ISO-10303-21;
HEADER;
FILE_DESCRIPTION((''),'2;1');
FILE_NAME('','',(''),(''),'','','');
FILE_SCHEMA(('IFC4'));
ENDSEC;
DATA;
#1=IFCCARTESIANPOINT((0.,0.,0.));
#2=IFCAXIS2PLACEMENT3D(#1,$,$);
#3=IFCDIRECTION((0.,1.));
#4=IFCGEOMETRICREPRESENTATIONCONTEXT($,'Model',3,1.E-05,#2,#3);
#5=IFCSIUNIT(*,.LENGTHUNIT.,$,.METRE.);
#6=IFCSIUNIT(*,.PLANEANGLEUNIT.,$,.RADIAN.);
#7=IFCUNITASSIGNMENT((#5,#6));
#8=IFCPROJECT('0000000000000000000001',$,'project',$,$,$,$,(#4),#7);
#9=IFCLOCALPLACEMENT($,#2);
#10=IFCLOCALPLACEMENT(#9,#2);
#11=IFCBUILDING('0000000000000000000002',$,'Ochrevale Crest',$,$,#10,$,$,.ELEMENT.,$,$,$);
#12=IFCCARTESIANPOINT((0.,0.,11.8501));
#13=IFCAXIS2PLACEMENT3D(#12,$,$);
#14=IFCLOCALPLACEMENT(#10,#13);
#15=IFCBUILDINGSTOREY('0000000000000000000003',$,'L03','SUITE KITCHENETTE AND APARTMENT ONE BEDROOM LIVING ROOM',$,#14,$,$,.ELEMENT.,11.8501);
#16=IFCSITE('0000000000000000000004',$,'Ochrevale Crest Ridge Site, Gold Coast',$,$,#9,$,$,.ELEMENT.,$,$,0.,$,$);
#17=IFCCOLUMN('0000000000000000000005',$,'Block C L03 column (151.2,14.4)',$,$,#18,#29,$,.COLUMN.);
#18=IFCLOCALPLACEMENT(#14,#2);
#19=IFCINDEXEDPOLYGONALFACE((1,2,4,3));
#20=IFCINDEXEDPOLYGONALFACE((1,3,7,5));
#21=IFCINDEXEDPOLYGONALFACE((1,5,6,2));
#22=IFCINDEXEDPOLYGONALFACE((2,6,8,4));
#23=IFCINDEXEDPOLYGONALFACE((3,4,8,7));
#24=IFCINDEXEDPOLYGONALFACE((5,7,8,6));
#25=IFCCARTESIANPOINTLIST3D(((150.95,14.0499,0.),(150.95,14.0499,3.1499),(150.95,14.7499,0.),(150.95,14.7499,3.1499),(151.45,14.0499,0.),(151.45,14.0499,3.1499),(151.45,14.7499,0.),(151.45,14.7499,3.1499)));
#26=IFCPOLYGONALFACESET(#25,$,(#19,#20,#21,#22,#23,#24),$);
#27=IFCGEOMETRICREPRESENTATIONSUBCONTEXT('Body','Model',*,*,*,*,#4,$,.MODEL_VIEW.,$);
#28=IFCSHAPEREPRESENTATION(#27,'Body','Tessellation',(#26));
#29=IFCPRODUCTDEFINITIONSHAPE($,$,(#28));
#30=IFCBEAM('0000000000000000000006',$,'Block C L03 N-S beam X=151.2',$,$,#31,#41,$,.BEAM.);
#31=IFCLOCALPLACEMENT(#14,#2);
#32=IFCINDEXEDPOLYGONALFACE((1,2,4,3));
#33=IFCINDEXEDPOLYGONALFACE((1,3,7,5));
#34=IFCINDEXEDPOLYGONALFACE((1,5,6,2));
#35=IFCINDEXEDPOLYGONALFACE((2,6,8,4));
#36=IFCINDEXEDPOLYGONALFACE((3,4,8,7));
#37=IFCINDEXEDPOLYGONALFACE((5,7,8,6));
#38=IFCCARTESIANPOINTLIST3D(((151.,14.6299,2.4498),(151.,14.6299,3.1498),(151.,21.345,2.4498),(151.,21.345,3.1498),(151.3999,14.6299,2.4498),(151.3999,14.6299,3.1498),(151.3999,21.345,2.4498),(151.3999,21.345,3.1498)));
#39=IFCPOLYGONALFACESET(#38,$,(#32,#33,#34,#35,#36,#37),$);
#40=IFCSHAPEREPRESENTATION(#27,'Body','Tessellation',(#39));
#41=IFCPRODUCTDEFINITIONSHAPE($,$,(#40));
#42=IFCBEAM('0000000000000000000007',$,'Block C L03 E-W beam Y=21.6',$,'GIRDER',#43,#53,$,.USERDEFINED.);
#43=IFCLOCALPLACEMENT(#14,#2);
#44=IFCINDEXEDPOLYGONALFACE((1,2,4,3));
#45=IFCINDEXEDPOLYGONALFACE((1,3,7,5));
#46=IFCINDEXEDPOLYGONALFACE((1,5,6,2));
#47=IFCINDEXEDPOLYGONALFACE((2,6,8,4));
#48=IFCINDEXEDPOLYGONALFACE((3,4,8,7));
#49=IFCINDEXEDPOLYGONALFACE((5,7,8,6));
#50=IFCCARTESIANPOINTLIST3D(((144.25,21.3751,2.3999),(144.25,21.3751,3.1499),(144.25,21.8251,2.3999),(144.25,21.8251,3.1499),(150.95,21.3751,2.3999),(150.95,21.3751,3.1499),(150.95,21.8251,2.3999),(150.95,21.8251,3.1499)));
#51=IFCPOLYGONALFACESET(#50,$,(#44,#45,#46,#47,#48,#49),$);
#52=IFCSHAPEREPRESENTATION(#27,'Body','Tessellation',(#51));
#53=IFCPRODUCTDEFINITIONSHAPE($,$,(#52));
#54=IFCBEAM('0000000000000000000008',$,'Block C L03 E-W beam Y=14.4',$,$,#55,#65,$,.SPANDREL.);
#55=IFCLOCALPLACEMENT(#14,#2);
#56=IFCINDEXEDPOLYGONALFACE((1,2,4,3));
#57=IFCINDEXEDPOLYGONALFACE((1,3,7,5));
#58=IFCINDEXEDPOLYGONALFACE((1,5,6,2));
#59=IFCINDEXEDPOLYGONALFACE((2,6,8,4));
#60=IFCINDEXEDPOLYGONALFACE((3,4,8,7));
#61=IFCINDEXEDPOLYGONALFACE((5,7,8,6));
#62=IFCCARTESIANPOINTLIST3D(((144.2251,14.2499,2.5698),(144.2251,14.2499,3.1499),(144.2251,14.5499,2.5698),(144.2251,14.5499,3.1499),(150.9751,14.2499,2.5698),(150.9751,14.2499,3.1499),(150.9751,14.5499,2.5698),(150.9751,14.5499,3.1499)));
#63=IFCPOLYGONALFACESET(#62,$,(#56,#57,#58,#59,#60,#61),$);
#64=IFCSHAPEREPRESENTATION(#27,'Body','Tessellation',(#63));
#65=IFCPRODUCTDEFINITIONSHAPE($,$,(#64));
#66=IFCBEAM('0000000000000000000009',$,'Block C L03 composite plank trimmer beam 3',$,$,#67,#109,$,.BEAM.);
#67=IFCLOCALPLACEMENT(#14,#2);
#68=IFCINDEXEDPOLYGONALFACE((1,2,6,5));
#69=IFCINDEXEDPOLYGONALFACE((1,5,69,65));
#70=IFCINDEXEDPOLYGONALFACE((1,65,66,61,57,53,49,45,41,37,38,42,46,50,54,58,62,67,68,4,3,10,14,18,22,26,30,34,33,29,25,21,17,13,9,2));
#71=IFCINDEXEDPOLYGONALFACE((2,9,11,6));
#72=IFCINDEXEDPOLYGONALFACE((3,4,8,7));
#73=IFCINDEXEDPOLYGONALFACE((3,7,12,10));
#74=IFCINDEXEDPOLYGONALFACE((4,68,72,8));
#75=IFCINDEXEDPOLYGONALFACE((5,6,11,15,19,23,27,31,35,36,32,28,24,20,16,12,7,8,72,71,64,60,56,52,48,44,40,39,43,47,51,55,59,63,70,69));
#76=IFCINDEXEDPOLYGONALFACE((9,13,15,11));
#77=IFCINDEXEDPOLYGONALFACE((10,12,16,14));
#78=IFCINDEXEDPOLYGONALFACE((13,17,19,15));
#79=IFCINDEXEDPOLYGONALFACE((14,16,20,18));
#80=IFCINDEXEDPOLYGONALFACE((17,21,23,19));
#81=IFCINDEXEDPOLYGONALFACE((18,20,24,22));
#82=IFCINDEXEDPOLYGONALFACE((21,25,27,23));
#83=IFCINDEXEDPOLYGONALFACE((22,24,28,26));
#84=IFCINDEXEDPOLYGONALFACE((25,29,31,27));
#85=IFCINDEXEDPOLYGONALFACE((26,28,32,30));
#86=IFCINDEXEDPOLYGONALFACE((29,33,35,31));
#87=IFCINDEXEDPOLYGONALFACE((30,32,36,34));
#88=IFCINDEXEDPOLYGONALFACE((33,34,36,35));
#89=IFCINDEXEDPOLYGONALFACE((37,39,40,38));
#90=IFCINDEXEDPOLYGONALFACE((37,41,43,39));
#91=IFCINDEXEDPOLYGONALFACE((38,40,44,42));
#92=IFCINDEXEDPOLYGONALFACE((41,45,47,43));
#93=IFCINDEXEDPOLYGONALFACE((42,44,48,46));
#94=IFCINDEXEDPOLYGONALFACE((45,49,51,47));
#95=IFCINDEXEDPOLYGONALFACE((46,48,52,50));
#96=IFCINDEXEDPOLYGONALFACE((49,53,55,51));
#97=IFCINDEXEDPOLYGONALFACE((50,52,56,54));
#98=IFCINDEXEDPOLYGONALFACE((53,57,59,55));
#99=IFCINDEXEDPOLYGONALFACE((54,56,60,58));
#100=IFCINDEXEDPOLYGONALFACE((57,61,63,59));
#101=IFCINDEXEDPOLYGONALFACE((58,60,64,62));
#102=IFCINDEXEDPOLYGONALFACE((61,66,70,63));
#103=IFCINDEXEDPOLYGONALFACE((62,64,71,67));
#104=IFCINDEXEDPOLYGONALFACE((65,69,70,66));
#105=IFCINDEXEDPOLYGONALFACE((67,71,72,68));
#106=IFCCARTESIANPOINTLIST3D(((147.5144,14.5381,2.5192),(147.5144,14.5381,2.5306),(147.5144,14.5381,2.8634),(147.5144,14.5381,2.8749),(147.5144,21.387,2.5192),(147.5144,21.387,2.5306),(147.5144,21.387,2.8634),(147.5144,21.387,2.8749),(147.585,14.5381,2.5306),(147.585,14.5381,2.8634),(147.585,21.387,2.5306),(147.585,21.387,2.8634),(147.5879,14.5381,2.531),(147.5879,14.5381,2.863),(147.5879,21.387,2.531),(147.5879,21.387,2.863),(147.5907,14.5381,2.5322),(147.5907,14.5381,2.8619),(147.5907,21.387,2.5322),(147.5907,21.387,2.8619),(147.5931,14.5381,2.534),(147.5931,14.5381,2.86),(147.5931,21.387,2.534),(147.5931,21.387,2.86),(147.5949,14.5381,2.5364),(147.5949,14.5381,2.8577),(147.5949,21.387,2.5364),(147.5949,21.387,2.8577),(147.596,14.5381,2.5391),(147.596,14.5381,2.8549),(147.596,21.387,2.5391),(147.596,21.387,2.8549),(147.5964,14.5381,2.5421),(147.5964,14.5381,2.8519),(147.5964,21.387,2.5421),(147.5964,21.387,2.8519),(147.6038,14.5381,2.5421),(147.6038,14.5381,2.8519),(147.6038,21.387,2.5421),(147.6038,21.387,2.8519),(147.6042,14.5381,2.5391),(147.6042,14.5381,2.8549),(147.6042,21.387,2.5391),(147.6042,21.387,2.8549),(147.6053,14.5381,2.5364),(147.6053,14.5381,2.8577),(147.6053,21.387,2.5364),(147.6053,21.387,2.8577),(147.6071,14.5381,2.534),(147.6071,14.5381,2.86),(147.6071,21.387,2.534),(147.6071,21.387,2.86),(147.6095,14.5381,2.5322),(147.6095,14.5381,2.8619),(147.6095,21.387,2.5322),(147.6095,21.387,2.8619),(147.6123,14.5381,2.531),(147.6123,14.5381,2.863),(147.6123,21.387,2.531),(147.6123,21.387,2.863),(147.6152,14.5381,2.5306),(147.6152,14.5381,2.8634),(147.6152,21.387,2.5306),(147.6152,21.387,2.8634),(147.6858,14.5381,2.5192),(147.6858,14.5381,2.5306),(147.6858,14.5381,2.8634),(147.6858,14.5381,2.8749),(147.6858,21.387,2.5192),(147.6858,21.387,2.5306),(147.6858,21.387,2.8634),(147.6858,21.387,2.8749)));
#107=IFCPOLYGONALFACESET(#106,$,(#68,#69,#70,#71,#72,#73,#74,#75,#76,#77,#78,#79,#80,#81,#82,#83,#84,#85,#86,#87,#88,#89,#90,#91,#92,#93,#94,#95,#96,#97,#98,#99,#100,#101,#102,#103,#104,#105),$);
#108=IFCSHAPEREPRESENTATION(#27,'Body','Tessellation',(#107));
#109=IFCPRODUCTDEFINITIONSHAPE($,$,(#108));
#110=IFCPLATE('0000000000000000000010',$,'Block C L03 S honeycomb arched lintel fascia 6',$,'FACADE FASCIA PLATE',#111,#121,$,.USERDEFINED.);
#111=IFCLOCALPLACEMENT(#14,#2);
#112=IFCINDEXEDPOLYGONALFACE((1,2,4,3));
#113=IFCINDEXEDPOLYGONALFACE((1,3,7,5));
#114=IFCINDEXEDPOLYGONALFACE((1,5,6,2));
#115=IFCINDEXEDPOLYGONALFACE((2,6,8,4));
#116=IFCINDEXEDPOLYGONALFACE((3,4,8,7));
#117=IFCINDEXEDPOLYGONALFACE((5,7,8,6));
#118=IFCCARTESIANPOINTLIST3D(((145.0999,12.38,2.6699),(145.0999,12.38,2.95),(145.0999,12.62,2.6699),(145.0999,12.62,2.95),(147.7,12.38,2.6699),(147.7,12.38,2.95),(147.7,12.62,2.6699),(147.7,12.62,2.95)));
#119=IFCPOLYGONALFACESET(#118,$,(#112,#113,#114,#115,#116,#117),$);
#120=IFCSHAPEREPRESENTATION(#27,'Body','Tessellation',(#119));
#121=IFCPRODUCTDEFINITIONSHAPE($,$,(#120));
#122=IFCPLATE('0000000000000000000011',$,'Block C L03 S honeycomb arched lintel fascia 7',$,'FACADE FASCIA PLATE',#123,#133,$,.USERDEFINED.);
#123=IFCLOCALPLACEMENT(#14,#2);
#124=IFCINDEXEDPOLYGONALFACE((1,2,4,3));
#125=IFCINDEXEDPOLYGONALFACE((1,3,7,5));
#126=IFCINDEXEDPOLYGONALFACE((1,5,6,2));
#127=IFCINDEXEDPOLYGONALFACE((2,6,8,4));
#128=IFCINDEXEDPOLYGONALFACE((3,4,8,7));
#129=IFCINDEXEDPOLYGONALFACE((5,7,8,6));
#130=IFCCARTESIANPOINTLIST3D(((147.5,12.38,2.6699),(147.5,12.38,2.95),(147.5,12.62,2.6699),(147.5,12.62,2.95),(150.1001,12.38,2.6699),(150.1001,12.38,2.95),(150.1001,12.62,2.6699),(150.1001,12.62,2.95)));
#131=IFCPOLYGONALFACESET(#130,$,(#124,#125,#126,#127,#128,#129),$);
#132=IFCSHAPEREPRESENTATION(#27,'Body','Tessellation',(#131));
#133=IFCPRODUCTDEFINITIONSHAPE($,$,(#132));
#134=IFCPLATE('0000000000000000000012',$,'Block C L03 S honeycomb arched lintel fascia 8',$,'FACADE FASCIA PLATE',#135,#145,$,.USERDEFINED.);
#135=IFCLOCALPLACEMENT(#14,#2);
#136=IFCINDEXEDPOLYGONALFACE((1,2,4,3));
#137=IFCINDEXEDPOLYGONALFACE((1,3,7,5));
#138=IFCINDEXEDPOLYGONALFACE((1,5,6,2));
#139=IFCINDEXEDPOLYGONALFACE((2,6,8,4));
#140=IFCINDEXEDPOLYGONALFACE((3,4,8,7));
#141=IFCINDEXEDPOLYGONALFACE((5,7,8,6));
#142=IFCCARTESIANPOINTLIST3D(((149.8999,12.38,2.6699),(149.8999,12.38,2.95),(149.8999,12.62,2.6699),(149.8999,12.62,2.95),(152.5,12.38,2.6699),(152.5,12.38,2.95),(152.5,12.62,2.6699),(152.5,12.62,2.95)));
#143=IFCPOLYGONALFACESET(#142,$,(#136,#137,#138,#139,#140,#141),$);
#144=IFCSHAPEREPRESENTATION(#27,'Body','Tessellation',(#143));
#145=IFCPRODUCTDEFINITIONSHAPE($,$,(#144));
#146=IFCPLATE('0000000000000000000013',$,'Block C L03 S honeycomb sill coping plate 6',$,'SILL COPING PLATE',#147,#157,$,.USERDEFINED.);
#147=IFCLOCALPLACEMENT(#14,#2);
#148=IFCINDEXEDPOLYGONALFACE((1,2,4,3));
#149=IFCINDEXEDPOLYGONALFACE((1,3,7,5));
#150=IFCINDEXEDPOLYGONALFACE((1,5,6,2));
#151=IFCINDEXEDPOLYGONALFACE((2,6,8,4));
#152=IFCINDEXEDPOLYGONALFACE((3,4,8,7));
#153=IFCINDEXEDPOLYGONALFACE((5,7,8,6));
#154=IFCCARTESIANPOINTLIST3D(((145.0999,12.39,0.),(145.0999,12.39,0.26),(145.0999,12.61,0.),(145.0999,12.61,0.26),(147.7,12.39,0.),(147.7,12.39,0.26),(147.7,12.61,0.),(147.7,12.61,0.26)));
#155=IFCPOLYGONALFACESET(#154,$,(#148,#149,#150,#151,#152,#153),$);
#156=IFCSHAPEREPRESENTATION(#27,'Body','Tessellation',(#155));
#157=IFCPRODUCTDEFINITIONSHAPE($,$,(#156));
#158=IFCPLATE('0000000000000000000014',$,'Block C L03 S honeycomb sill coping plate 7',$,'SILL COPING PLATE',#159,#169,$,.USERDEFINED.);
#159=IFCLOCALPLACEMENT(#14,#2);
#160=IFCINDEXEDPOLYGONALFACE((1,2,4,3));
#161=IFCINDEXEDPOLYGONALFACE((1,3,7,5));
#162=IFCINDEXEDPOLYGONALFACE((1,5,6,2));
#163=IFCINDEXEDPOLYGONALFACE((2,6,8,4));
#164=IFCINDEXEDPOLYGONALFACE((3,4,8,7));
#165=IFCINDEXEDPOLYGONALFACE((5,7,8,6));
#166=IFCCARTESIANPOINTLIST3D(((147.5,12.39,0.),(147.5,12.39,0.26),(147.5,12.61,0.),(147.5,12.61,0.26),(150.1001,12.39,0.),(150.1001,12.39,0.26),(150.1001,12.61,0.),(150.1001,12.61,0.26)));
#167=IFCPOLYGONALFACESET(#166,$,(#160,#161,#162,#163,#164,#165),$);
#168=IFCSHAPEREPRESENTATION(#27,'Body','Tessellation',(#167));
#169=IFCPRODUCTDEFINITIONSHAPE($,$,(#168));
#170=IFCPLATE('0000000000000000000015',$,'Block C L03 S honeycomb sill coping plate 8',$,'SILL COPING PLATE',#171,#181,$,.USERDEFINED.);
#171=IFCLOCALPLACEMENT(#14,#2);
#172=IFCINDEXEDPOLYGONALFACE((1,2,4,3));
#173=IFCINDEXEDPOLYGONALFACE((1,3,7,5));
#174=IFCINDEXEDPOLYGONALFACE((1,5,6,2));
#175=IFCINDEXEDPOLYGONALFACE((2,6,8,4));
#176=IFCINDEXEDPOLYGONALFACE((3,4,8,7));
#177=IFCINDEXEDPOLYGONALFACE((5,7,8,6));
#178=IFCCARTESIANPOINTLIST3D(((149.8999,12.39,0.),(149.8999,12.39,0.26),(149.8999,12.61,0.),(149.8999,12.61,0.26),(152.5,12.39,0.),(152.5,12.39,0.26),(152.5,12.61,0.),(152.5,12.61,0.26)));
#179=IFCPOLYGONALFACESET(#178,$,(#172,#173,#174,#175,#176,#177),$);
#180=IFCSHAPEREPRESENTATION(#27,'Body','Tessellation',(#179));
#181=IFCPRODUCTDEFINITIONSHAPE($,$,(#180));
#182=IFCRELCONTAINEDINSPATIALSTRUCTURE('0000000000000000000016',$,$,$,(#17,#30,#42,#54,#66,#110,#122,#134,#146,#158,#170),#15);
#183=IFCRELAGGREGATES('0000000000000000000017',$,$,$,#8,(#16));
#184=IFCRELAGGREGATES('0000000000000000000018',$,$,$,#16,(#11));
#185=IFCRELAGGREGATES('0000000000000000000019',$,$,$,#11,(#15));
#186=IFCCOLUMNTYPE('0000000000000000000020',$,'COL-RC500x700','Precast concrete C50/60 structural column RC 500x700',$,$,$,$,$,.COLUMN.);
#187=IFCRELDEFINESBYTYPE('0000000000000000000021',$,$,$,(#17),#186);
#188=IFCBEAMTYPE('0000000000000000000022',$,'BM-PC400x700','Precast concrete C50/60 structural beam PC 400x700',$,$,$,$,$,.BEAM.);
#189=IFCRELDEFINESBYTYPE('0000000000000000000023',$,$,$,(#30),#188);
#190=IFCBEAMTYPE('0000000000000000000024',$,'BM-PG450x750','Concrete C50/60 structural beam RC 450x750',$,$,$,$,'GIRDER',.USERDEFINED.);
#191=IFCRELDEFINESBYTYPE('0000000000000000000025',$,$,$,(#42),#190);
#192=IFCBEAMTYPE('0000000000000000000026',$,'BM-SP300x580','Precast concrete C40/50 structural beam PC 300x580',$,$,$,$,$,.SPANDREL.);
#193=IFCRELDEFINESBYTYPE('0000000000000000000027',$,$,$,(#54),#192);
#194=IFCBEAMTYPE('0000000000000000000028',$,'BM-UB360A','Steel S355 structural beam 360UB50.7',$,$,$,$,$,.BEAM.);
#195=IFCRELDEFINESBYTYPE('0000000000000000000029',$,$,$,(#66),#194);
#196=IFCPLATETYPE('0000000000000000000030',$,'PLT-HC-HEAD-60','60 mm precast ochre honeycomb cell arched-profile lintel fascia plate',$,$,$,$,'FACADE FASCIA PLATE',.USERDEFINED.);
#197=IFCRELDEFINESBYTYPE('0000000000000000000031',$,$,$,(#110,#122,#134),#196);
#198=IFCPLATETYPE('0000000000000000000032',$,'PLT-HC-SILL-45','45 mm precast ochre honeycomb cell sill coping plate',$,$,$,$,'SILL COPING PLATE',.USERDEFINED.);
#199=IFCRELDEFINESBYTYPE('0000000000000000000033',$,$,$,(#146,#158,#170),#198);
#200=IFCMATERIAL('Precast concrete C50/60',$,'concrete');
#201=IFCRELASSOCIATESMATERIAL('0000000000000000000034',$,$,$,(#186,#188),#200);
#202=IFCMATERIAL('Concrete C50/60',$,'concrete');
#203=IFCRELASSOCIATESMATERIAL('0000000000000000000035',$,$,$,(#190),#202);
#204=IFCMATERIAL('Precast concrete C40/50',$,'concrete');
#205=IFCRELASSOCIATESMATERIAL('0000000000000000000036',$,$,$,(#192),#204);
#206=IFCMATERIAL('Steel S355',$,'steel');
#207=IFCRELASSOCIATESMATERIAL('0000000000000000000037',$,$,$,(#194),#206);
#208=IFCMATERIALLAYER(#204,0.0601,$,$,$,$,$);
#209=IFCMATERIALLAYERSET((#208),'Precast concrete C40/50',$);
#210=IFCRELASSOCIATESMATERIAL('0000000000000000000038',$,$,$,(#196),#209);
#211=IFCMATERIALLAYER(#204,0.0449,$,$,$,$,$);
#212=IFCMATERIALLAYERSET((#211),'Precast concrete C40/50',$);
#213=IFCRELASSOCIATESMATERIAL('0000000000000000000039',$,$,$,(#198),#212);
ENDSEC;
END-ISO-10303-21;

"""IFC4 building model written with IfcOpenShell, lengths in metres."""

from ifc_helpers import new_model, si_unit, direction, frame, origin, origin_2d, place, context, subcontext, project, spatial, rectangle, i_section, extrude, material, layer, layer_set, material_profile, profile_set, type_object, element, save


model = new_model("IFC4")

# Units and contexts
model_context = context("Model", 3, precision=1e-05, world=origin(), true_north=direction((0.0, 1.0)))
body_context = subcontext(model_context, "Body", "Model", "MODEL_VIEW")
ifc_project = project(units=[si_unit("LENGTHUNIT", "METRE"), si_unit("PLANEANGLEUNIT", "RADIAN")], contexts=[model_context])

# Site, building, storey
site_placement = place(None, origin())
site = spatial("IfcSite", under=ifc_project, at=site_placement, Name="Ochrevale Crest Ridge Site, Gold Coast", CompositionType="ELEMENT", RefElevation=0.0)
building_placement = place(site_placement, origin())
building = spatial("IfcBuilding", under=site, at=building_placement, Name="Ochrevale Crest", CompositionType="ELEMENT")
storey_placement = place(building_placement, frame((0.0, 0.0, 11.8501)))
storey = spatial("IfcBuildingStorey", under=building, at=storey_placement, Name="L03", Description="SUITE KITCHENETTE AND APARTMENT ONE BEDROOM LIVING ROOM", CompositionType="ELEMENT", Elevation=11.8501)

# Column
ifc_material_1 = material(Name="Precast concrete C50/60", Category="concrete")
ifc_material_profile_1 = material_profile(ifc_material_1, rectangle(XDim=0.5, YDim=0.7, at=origin_2d()), Name="RC 500x700")
ifc_profile_set_1 = profile_set([ifc_material_profile_1], Name="Precast concrete C50/60")
column_type = type_object("IfcColumnType", Name="COL-RC500x700", Description="Precast concrete C50/60 structural column RC 500x700", PredefinedType="COLUMN", material=ifc_profile_set_1)
column_placement = place(storey_placement, frame((151.2, 14.3999, 0.0), z_axis=(0.0, 0.0, 1.0), x_axis=(1.0, 0.0, 0.0)))
element("IfcColumn", 1, at=column_placement, inside=storey, type_object=column_type, Name="Block C L03 column (151.2,14.4)", PredefinedType="COLUMN", context=body_context, shape_type="SweptSolid", body=[
    extrude(rectangle(XDim=0.5, YDim=0.7, at=origin_2d()), origin(), (0.0, 0.0, 1.0), 3.1499),
])

# Beams
ifc_material_profile_2 = material_profile(ifc_material_1, rectangle(XDim=0.3999, YDim=0.7, at=origin_2d()), Name="PC 400x700")
ifc_profile_set_2 = profile_set([ifc_material_profile_2], Name="Precast concrete C50/60")
beam_type_1 = type_object("IfcBeamType", Name="BM-PC400x700", Description="Precast concrete C50/60 structural beam PC 400x700", PredefinedType="BEAM", material=ifc_profile_set_2)
beam_1_placement = place(storey_placement, frame((151.2, 14.6299, 2.7998), z_axis=(0.0, 1.0, 0.0), x_axis=(-1.0, 0.0, 0.0)))
element("IfcBeam", 2, at=beam_1_placement, inside=storey, type_object=beam_type_1, Name="Block C L03 N-S beam X=151.2", PredefinedType="BEAM", context=body_context, shape_type="SweptSolid", body=[
    extrude(rectangle(XDim=0.3999, YDim=0.7, at=origin_2d()), origin(), (0.0, 0.0, 1.0), 6.7151),
])
ifc_material_2 = material(Name="Concrete C50/60", Category="concrete")
ifc_material_profile_3 = material_profile(ifc_material_2, rectangle(XDim=0.45, YDim=0.75, at=origin_2d()), Name="RC 450x750")
ifc_profile_set_3 = profile_set([ifc_material_profile_3], Name="Concrete C50/60")
beam_type_2 = type_object("IfcBeamType", Name="BM-PG450x750", Description="Concrete C50/60 structural beam RC 450x750", ElementType="GIRDER", PredefinedType="USERDEFINED", material=ifc_profile_set_3)
beam_2_placement = place(storey_placement, frame((144.25, 21.6001, 2.7749), z_axis=(1.0, 0.0, 0.0), x_axis=(0.0, 1.0, 0.0)))
element("IfcBeam", 3, at=beam_2_placement, inside=storey, type_object=beam_type_2, Name="Block C L03 E-W beam Y=21.6", ObjectType="GIRDER", PredefinedType="USERDEFINED", context=body_context, shape_type="SweptSolid", body=[
    extrude(rectangle(XDim=0.45, YDim=0.75, at=origin_2d()), origin(), (0.0, 0.0, 1.0), 6.7),
])
ifc_material_3 = material(Name="Precast concrete C40/50", Category="concrete")
ifc_material_profile_4 = material_profile(ifc_material_3, rectangle(XDim=0.3, YDim=0.5801, at=origin_2d()), Name="PC 300x580")
ifc_profile_set_4 = profile_set([ifc_material_profile_4], Name="Precast concrete C40/50")
beam_type_3 = type_object("IfcBeamType", Name="BM-SP300x580", Description="Precast concrete C40/50 structural beam PC 300x580", PredefinedType="SPANDREL", material=ifc_profile_set_4)
beam_3_placement = place(storey_placement, frame((144.2251, 14.3999, 2.8599), z_axis=(1.0, 0.0, 0.0), x_axis=(0.0, 1.0, 0.0)))
element("IfcBeam", 4, at=beam_3_placement, inside=storey, type_object=beam_type_3, Name="Block C L03 E-W beam Y=14.4", PredefinedType="SPANDREL", context=body_context, shape_type="SweptSolid", body=[
    extrude(rectangle(XDim=0.3, YDim=0.5801, at=origin_2d()), origin(), (0.0, 0.0, 1.0), 6.75),
])
ifc_material_4 = material(Name="Steel S355", Category="steel")
ifc_material_profile_5 = material_profile(ifc_material_4, i_section(OverallWidth=0.1714, OverallDepth=0.3557, WebThickness=0.0073, FlangeThickness=0.0115, FilletRadius=0.0115, at=origin_2d()), Name="360UB50.7")
ifc_profile_set_5 = profile_set([ifc_material_profile_5], Name="Steel S355")
beam_type_4 = type_object("IfcBeamType", Name="BM-UB360A", Description="Steel S355 structural beam 360UB50.7", PredefinedType="BEAM", material=ifc_profile_set_5)
beam_4_placement = place(storey_placement, frame((147.6001, 14.5381, 2.697), z_axis=(0.0, 1.0, 0.0), x_axis=(-1.0, 0.0, 0.0)))
element("IfcBeam", 5, at=beam_4_placement, inside=storey, type_object=beam_type_4, Name="Block C L03 composite plank trimmer beam 3", PredefinedType="BEAM", context=body_context, shape_type="SweptSolid", body=[
    extrude(i_section(OverallWidth=0.1714, OverallDepth=0.3557, WebThickness=0.0073, FlangeThickness=0.0115, FilletRadius=0.0115, at=origin_2d()), origin(), (0.0, 0.0, 1.0), 6.8489),
])

# Plates
ifc_layer_1 = layer(ifc_material_3, 0.0601)
ifc_layer_set_1 = layer_set([ifc_layer_1], Name="Precast concrete C40/50")
plate_type_1 = type_object("IfcPlateType", Name="PLT-HC-HEAD-60", Description="60 mm precast ochre honeycomb cell arched-profile lintel fascia plate", ElementType="FACADE FASCIA PLATE", PredefinedType="USERDEFINED", material=ifc_layer_set_1)
for number, where, z_axis, x_axis, name in (
    (6, (146.3999, 12.5, 2.6699), (0.0, 0.0, 1.0), (1.0, 0.0, 0.0), "Block C L03 S honeycomb arched lintel fascia 6"),
    (7, (148.8, 12.5, 2.6699), (0.0, 0.0, 1.0), (1.0, 0.0, 0.0), "Block C L03 S honeycomb arched lintel fascia 7"),
    (8, (151.2, 12.5, 2.6699), (0.0, 0.0, 1.0), (1.0, 0.0, 0.0), "Block C L03 S honeycomb arched lintel fascia 8"),
):
    element("IfcPlate", number, at=place(storey_placement, frame(where, z_axis=z_axis, x_axis=x_axis)), inside=storey, type_object=plate_type_1, Name=name, ObjectType="FACADE FASCIA PLATE", PredefinedType="USERDEFINED", context=body_context, shape_type="SweptSolid", body=[
        extrude(rectangle(XDim=2.6001, YDim=0.24, at=origin_2d()), origin(), (0.0, 0.0, 1.0), 0.28),
    ])
ifc_layer_2 = layer(ifc_material_3, 0.0449)
ifc_layer_set_2 = layer_set([ifc_layer_2], Name="Precast concrete C40/50")
plate_type_2 = type_object("IfcPlateType", Name="PLT-HC-SILL-45", Description="45 mm precast ochre honeycomb cell sill coping plate", ElementType="SILL COPING PLATE", PredefinedType="USERDEFINED", material=ifc_layer_set_2)
for number, where, z_axis, x_axis, name in (
    (9, (146.3999, 12.5, 0.0), (0.0, 0.0, 1.0), (1.0, 0.0, 0.0), "Block C L03 S honeycomb sill coping plate 6"),
    (10, (148.8, 12.5, 0.0), (0.0, 0.0, 1.0), (1.0, 0.0, 0.0), "Block C L03 S honeycomb sill coping plate 7"),
    (11, (151.2, 12.5, 0.0), (0.0, 0.0, 1.0), (1.0, 0.0, 0.0), "Block C L03 S honeycomb sill coping plate 8"),
):
    element("IfcPlate", number, at=place(storey_placement, frame(where, z_axis=z_axis, x_axis=x_axis)), inside=storey, type_object=plate_type_2, Name=name, ObjectType="SILL COPING PLATE", PredefinedType="USERDEFINED", context=body_context, shape_type="SweptSolid", body=[
        extrude(rectangle(XDim=2.6001, YDim=0.22, at=origin_2d()), origin(), (0.0, 0.0, 1.0), 0.26),
    ])

save(model, "model.ifc")
